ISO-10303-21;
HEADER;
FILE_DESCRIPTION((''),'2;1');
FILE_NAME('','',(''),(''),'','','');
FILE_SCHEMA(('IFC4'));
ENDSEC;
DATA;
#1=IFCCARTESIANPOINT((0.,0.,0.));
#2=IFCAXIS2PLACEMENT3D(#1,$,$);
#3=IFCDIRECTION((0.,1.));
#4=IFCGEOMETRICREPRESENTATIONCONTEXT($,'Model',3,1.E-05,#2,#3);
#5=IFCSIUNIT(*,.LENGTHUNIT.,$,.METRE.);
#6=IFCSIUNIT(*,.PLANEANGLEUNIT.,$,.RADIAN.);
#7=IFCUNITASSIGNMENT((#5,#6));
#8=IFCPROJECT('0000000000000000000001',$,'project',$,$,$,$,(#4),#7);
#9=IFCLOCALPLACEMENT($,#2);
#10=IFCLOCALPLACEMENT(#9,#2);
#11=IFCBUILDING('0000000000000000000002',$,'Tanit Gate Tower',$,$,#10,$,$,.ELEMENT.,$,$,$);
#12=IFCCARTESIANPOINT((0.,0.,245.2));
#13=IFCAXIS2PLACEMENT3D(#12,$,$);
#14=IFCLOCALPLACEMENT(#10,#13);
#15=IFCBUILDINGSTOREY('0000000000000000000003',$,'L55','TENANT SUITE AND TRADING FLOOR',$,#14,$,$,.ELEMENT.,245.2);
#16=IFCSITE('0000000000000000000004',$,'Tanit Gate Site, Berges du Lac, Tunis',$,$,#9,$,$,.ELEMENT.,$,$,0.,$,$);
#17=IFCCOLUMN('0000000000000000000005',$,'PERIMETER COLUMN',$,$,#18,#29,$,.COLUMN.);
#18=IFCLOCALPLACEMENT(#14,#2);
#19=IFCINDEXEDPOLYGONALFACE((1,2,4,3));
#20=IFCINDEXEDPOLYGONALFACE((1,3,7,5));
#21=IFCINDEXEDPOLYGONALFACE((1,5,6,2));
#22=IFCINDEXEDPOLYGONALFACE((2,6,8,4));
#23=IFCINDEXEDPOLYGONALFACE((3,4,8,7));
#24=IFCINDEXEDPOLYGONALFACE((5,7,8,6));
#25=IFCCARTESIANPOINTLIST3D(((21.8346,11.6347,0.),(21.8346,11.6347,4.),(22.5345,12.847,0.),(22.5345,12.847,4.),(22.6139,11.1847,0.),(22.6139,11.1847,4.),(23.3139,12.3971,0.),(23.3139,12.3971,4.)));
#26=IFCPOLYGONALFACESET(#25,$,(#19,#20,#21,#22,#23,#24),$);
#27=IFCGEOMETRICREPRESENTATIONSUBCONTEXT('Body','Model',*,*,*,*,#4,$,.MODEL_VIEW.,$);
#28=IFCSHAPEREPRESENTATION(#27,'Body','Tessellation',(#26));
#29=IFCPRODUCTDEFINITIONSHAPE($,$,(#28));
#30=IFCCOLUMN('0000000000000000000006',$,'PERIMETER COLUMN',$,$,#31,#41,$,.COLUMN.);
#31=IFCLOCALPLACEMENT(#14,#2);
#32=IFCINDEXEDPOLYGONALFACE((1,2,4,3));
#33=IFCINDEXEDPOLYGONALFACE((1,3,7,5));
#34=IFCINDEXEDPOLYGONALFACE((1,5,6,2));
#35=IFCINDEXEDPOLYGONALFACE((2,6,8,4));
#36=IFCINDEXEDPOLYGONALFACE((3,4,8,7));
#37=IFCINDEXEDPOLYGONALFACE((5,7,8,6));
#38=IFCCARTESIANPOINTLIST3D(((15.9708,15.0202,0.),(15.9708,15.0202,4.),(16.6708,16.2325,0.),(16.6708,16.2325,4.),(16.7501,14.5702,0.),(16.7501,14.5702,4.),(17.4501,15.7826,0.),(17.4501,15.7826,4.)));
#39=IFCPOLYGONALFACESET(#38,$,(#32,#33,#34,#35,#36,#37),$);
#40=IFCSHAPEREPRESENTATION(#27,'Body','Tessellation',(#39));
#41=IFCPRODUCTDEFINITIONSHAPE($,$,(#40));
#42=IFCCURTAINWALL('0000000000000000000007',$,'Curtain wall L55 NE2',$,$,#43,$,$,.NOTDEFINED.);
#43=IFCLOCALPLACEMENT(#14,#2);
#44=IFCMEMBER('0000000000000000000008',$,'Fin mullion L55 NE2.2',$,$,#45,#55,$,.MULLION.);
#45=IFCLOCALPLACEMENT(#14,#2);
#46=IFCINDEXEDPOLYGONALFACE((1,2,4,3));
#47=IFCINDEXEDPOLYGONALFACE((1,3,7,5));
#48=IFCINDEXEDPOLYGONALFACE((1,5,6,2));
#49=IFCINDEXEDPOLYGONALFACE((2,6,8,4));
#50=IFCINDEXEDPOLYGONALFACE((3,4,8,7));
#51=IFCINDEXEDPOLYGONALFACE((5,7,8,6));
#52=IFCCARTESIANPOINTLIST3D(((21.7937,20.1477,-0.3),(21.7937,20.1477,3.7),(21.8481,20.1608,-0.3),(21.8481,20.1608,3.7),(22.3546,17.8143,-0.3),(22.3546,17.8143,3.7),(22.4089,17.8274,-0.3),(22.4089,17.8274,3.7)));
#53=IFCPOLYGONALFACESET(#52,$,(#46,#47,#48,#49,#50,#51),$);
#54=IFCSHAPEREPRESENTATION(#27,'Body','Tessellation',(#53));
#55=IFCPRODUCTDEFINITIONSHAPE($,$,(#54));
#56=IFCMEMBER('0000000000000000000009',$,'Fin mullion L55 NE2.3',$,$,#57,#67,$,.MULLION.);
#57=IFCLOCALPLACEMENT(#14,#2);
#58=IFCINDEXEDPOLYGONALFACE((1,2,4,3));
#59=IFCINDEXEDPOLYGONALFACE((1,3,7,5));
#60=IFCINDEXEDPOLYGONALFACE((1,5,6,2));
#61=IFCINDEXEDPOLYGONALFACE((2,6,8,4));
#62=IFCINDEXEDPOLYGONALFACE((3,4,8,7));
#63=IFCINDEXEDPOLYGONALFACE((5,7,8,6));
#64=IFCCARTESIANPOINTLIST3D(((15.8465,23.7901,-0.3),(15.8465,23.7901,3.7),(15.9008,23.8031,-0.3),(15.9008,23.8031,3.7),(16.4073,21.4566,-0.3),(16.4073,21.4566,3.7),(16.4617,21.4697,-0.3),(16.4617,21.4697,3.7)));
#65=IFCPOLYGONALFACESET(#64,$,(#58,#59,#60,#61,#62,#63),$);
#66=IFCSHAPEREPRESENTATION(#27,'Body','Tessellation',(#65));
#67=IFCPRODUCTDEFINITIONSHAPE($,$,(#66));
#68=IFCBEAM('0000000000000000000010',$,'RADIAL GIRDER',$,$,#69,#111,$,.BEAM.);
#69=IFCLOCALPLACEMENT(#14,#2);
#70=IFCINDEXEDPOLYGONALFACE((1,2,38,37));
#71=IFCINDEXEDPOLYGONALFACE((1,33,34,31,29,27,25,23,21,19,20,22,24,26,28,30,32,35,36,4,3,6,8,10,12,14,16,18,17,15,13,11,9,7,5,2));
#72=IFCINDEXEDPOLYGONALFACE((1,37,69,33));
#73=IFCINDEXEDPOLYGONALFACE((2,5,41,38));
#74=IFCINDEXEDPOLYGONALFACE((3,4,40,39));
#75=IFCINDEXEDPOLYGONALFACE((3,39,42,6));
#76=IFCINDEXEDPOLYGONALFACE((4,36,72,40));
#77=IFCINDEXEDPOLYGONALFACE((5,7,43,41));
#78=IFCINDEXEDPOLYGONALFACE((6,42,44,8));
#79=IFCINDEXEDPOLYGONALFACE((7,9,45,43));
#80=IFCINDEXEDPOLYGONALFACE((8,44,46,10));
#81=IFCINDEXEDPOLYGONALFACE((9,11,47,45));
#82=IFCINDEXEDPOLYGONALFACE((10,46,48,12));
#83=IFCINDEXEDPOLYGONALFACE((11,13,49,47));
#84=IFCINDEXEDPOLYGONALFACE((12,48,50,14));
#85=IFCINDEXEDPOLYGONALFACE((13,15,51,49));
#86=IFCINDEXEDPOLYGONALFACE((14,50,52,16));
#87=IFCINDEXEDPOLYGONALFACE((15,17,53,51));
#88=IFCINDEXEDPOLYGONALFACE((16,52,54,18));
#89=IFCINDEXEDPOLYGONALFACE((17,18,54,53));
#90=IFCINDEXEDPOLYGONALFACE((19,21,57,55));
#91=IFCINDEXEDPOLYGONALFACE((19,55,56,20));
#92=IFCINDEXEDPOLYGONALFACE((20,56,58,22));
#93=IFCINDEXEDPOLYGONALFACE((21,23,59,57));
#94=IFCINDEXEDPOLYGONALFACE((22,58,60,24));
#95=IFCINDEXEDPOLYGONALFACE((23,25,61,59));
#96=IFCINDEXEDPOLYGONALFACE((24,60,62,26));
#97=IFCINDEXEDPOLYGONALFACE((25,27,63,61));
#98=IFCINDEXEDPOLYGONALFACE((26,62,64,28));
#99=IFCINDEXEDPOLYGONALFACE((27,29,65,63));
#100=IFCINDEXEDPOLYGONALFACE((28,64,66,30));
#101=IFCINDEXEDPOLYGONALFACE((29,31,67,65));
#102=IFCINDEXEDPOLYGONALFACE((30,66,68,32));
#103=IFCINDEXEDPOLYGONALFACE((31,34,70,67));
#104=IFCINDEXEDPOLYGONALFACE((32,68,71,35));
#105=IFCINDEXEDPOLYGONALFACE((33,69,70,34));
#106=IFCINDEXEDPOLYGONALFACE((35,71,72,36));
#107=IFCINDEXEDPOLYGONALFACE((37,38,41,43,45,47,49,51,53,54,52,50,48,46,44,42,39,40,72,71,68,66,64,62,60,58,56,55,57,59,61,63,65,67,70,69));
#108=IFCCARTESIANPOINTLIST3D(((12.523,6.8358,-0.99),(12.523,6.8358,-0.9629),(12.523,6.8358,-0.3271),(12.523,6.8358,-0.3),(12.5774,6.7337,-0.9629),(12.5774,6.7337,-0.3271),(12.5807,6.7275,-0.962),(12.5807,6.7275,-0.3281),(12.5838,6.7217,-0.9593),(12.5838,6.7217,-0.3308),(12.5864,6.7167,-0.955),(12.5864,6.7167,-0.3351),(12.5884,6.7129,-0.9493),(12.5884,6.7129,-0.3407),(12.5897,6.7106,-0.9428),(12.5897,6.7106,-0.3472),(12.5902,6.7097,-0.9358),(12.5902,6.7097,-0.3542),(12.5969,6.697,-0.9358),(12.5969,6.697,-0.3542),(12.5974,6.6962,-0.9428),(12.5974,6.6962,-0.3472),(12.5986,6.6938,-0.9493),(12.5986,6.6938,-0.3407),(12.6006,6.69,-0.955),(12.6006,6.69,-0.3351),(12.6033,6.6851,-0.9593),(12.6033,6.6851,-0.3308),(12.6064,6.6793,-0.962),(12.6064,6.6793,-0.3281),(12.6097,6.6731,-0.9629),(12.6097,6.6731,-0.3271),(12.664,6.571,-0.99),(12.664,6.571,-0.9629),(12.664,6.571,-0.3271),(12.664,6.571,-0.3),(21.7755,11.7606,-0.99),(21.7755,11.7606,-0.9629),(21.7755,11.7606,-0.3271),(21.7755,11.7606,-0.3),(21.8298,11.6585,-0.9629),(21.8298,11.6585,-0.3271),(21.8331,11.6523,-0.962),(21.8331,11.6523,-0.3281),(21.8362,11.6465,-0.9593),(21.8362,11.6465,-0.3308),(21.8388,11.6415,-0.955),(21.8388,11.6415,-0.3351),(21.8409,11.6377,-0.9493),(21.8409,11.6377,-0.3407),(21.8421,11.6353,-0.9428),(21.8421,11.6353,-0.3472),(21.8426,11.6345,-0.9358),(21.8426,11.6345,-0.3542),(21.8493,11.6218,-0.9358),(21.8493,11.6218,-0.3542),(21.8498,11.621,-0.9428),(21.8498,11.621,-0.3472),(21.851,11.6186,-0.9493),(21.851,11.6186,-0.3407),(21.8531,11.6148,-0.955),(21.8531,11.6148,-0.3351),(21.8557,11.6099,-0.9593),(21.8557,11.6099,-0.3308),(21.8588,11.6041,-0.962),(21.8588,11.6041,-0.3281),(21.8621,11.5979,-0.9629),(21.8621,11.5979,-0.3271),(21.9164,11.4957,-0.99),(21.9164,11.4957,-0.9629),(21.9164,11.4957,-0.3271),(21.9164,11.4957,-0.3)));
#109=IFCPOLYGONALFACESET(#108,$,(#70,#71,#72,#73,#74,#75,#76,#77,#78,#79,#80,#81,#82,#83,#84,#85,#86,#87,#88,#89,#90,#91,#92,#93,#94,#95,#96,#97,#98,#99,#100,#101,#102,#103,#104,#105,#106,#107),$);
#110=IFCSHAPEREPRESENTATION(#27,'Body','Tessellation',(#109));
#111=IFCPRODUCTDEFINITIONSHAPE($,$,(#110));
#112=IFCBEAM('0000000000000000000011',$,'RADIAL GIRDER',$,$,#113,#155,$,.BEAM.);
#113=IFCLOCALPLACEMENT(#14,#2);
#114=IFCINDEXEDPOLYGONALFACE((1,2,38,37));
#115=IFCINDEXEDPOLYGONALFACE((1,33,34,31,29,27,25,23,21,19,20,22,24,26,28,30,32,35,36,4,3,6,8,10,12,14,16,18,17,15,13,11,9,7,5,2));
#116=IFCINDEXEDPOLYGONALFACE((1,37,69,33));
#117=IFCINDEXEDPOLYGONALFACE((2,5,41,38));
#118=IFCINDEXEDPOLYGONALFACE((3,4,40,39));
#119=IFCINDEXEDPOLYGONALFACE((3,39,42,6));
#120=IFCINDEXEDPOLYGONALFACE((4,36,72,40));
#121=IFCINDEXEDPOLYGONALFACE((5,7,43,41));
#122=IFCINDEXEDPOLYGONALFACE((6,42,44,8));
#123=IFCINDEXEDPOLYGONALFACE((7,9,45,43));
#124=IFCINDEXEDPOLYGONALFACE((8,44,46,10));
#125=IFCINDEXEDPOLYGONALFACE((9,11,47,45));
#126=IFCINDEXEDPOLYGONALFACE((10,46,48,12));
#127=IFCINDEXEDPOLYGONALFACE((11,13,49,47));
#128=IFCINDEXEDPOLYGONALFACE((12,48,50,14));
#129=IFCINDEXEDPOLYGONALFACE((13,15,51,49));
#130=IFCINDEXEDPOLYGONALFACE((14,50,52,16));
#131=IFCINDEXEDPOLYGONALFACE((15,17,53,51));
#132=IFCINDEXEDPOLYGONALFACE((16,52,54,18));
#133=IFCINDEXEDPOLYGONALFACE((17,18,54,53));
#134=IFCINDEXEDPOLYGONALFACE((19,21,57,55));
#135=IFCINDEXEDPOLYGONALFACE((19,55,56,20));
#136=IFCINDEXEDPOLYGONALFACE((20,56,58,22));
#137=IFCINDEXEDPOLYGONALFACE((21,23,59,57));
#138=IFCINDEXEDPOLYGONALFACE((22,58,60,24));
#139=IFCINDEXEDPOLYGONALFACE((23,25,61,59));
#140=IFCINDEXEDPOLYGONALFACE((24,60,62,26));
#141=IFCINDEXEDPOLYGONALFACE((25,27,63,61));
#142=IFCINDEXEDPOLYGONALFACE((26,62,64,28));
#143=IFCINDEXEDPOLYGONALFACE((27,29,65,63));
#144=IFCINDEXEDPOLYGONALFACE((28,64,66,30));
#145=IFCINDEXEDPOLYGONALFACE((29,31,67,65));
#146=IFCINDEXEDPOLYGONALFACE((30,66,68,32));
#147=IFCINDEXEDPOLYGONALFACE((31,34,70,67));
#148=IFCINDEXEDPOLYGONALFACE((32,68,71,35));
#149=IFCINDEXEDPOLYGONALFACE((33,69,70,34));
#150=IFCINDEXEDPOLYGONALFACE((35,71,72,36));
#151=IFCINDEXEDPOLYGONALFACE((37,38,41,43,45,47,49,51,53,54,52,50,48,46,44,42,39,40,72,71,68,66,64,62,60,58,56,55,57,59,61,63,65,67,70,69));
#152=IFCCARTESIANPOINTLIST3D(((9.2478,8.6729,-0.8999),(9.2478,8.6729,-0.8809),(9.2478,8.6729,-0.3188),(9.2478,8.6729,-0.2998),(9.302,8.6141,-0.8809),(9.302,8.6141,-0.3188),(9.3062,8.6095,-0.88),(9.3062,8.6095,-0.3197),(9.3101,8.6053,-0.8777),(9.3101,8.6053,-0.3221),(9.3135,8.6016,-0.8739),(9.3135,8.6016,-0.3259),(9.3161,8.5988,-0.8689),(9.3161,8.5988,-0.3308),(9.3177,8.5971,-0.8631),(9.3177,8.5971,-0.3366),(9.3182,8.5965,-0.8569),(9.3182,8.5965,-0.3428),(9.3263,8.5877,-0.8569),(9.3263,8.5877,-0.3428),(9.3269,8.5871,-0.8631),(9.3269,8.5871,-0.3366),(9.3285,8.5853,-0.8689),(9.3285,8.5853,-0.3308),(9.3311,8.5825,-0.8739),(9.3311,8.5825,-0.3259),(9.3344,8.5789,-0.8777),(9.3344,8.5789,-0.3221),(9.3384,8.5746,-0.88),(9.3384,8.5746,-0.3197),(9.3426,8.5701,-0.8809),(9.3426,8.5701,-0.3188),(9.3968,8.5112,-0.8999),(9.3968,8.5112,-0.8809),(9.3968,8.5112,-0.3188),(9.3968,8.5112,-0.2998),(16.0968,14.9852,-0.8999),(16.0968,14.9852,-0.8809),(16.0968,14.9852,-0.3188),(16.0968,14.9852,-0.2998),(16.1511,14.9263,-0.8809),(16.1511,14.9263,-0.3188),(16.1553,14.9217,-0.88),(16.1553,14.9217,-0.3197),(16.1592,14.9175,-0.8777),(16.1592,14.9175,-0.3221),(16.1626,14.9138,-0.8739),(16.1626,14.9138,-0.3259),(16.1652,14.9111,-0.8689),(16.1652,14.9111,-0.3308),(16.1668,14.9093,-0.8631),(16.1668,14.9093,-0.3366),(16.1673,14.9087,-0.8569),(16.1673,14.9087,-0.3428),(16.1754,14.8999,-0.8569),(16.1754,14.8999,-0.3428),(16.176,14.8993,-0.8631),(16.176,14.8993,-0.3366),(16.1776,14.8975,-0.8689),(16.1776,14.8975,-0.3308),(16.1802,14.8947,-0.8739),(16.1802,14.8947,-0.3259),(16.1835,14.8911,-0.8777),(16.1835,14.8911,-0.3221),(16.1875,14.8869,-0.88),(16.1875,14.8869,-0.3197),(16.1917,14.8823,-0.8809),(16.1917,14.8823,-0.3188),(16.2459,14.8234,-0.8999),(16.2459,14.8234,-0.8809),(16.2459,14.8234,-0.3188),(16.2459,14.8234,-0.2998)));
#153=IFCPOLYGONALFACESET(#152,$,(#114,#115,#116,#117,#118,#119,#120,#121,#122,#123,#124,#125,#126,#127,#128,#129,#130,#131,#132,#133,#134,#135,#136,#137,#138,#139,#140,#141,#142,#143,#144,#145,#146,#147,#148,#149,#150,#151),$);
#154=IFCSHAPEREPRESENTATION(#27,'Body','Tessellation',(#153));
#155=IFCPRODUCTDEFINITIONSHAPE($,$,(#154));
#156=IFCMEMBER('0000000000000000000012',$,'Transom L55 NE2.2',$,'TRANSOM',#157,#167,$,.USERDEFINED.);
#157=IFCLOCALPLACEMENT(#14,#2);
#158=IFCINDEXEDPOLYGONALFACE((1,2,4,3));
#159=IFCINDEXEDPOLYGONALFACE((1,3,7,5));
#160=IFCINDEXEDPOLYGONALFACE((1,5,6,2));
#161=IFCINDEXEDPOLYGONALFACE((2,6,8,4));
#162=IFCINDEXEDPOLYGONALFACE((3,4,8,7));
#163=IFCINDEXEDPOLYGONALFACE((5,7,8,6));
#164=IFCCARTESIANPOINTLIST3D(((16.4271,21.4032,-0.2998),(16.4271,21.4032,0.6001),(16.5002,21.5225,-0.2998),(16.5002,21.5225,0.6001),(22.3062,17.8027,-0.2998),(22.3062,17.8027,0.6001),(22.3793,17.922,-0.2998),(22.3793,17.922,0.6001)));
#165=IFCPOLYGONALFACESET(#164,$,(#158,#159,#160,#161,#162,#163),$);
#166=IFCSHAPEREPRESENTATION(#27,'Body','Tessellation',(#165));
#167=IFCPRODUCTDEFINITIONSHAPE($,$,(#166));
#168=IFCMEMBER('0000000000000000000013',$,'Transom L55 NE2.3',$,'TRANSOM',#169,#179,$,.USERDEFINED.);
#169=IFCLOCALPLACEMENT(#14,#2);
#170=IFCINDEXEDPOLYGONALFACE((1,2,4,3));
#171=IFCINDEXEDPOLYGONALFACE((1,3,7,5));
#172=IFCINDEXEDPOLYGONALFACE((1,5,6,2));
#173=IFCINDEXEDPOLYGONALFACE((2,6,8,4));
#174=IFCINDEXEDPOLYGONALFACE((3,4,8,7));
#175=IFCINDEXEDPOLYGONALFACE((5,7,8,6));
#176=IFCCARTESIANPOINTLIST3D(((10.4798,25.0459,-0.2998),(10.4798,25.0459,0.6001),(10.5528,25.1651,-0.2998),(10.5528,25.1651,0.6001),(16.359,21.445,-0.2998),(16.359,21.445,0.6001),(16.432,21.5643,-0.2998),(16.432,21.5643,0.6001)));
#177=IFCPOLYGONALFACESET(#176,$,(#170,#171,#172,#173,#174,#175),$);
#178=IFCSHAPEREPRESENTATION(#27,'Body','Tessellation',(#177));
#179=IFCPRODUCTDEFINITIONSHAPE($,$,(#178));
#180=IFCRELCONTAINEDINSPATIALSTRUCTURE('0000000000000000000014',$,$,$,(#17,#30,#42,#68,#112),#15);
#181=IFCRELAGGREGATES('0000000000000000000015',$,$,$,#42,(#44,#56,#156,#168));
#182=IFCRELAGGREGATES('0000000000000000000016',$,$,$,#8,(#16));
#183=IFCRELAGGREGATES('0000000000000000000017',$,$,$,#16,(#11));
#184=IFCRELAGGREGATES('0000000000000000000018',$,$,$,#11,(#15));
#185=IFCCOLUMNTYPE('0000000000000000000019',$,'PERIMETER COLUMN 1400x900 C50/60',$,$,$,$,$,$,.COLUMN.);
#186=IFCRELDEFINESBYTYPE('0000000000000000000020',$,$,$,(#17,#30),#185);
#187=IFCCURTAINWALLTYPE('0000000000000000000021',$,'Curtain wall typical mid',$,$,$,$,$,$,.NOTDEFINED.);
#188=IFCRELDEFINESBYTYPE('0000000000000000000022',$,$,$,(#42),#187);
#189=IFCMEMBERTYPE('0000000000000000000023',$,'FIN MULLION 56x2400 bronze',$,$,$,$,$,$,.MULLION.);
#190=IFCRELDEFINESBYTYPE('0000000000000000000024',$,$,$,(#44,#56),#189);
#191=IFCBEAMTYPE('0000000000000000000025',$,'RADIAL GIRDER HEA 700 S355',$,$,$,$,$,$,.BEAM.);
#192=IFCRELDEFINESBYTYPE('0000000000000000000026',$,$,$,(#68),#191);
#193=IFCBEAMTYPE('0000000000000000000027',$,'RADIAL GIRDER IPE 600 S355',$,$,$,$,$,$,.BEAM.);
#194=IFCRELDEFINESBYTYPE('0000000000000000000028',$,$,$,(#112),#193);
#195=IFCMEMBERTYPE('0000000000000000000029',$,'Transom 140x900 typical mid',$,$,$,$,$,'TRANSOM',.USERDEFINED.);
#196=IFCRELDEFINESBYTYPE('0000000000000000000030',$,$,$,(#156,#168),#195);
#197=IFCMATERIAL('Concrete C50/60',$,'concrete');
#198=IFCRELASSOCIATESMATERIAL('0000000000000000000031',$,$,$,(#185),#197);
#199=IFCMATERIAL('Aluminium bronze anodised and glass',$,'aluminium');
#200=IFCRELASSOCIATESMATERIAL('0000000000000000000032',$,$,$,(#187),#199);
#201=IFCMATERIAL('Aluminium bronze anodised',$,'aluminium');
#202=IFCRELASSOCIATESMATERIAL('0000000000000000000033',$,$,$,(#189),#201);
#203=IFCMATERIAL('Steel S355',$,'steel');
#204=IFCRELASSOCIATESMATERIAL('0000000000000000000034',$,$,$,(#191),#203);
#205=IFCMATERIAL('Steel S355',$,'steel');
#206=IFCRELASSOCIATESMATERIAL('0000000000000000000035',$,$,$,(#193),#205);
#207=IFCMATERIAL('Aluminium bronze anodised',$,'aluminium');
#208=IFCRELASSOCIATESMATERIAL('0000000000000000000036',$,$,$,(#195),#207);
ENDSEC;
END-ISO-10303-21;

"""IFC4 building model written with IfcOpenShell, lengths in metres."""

from ifc_helpers import new_model, si_unit, direction, frame, origin, origin_2d, place, context, subcontext, project, spatial, rectangle, i_section, extrude, material, material_profile, profile_set, type_object, element, aggregate, save


model = new_model("IFC4")

# Units and contexts
model_context = context("Model", 3, precision=1e-05, world=origin(), true_north=direction((0.0, 1.0)))
body_context = subcontext(model_context, "Body", "Model", "MODEL_VIEW")
ifc_project = project(units=[si_unit("LENGTHUNIT", "METRE"), si_unit("PLANEANGLEUNIT", "RADIAN")], contexts=[model_context])

# Site, building, storey
site_placement = place(None, origin())
site = spatial("IfcSite", under=ifc_project, at=site_placement, Name="Tanit Gate Site, Berges du Lac, Tunis", CompositionType="ELEMENT", RefElevation=0.0)
building_placement = place(site_placement, origin())
building = spatial("IfcBuilding", under=site, at=building_placement, Name="Tanit Gate Tower", CompositionType="ELEMENT")
storey_placement = place(building_placement, frame((0.0, 0.0, 245.2)))
storey = spatial("IfcBuildingStorey", under=building, at=storey_placement, Name="L55", Description="TENANT SUITE AND TRADING FLOOR", CompositionType="ELEMENT", Elevation=245.2)

# Columns
ifc_material_1 = material(Name="Concrete C50/60", Category="concrete")
ifc_material_profile_1 = material_profile(ifc_material_1, rectangle(XDim=1.3999, YDim=0.8999, at=origin_2d()), Name="RC 1400x900")
ifc_profile_set_1 = profile_set([ifc_material_profile_1], Name="Concrete C50/60")
column_type = type_object("IfcColumnType", Name="PERIMETER COLUMN 1400x900 C50/60", PredefinedType="COLUMN", material=ifc_profile_set_1)
for number, where, z_axis, x_axis, name in (
    (1, (22.5742, 12.0159, 0.0), (0.0, 0.0, 1.0), (0.5, 0.866025, 0.0), "PERIMETER COLUMN"),
    (2, (16.7104, 15.4014, 0.0), (0.0, 0.0, 1.0), (0.5, 0.866025, 0.0), "PERIMETER COLUMN"),
):
    element("IfcColumn", number, at=place(storey_placement, frame(where, z_axis=z_axis, x_axis=x_axis)), inside=storey, type_object=column_type, Name=name, PredefinedType="COLUMN", context=body_context, shape_type="SweptSolid", body=[
        extrude(rectangle(XDim=1.3999, YDim=0.8999, at=origin_2d()), origin(), (0.0, 0.0, 1.0), 4.0),
    ])

# Curtain wall, members
ifc_material_2 = material(Name="Aluminium bronze anodised and glass", Category="aluminium")
curtain_wall_type = type_object("IfcCurtainWallType", Name="Curtain wall typical mid", PredefinedType="NOTDEFINED", material=ifc_material_2)
curtain_wall_placement = place(storey_placement, origin())
curtain_wall = element("IfcCurtainWall", 3, at=curtain_wall_placement, inside=storey, type_object=curtain_wall_type, Name="Curtain wall L55 NE2", PredefinedType="NOTDEFINED")
ifc_material_3 = material(Name="Aluminium bronze anodised", Category="aluminium")
ifc_material_profile_2 = material_profile(ifc_material_3, rectangle(XDim=2.3999, YDim=0.0559, at=origin_2d()), Name="56x2400 bronze fin mullion")
ifc_profile_set_2 = profile_set([ifc_material_profile_2], Name="Aluminium bronze anodised")
member_type_1 = type_object("IfcMemberType", Name="FIN MULLION 56x2400 bronze", PredefinedType="MULLION", material=ifc_profile_set_2)
member_1_placement = place(storey_placement, frame((22.1013, 18.9875, -0.3), z_axis=(0.0, 0.0, 1.0), x_axis=(0.233691, -0.972311, 0.0)))
member_1 = element("IfcMember", 4, at=member_1_placement, type_object=member_type_1, Name="Fin mullion L55 NE2.2", PredefinedType="MULLION", context=body_context, shape_type="SweptSolid", body=[
    extrude(rectangle(XDim=2.3999, YDim=0.0559, at=origin_2d()), origin(), (0.0, 0.0, 1.0), 4.0),
])
member_2_placement = place(storey_placement, frame((16.1541, 22.6299, -0.3), z_axis=(0.0, 0.0, 1.0), x_axis=(0.233691, -0.972311, 0.0)))
member_2 = element("IfcMember", 5, at=member_2_placement, type_object=member_type_1, Name="Fin mullion L55 NE2.3", PredefinedType="MULLION", context=body_context, shape_type="SweptSolid", body=[
    extrude(rectangle(XDim=2.3999, YDim=0.0559, at=origin_2d()), origin(), (0.0, 0.0, 1.0), 4.0),
])

# Beams
ifc_material_4 = material(Name="Steel S355", Category="steel")
ifc_material_profile_3 = material_profile(ifc_material_4, i_section(OverallWidth=0.3, OverallDepth=0.6899, WebThickness=0.0144, FlangeThickness=0.0271, FilletRadius=0.0271, at=origin_2d()), Name="HEA 700")
ifc_profile_set_3 = profile_set([ifc_material_profile_3], Name="Steel S355")
beam_type_1 = type_object("IfcBeamType", Name="RADIAL GIRDER HEA 700 S355", PredefinedType="BEAM", material=ifc_profile_set_3)
beam_1_placement = place(storey_placement, frame((21.8459, 11.6282, -0.645), z_axis=(-0.882742, -0.469858, 0.0), x_axis=(0.469858, -0.882742, 0.0)))
element("IfcBeam", 6, at=beam_1_placement, inside=storey, type_object=beam_type_1, Name="RADIAL GIRDER", PredefinedType="BEAM", context=body_context, shape_type="SweptSolid", body=[
    extrude(i_section(OverallWidth=0.3, OverallDepth=0.6899, WebThickness=0.0144, FlangeThickness=0.0271, FilletRadius=0.0271, at=origin_2d()), origin(), (0.0, 0.0, 1.0), 10.4814),
])
ifc_material_5 = material(Name="Steel S355", Category="steel")
ifc_material_profile_4 = material_profile(ifc_material_5, i_section(OverallWidth=0.22, OverallDepth=0.6001, WebThickness=0.012, FlangeThickness=0.019, FilletRadius=0.0239, at=origin_2d()), Name="IPE 600")
ifc_profile_set_4 = profile_set([ifc_material_profile_4], Name="Steel S355")
beam_type_2 = type_object("IfcBeamType", Name="RADIAL GIRDER IPE 600 S355", PredefinedType="BEAM", material=ifc_profile_set_4)
beam_2_placement = place(storey_placement, frame((16.1714, 14.9043, -0.5999), z_axis=(-0.735339, -0.6777, 0.0), x_axis=(0.6777, -0.735339, 0.0)))
element("IfcBeam", 7, at=beam_2_placement, inside=storey, type_object=beam_type_2, Name="RADIAL GIRDER", PredefinedType="BEAM", context=body_context, shape_type="SweptSolid", body=[
    extrude(i_section(OverallWidth=0.22, OverallDepth=0.6001, WebThickness=0.012, FlangeThickness=0.019, FilletRadius=0.0239, at=origin_2d()), origin(), (0.0, 0.0, 1.0), 9.3142),
])

# Members
ifc_material_6 = material(Name="Aluminium bronze anodised", Category="aluminium")
ifc_material_profile_5 = material_profile(ifc_material_6, rectangle(XDim=0.1399, YDim=0.8999, at=origin_2d()), Name="140x900 bronze transom")
ifc_profile_set_5 = profile_set([ifc_material_profile_5], Name="Aluminium bronze anodised")
member_type_2 = type_object("IfcMemberType", Name="Transom 140x900 typical mid", ElementType="TRANSOM", PredefinedType="USERDEFINED", material=ifc_profile_set_5)
member_3_placement = place(storey_placement, frame((22.3428, 17.8623, 0.1501), z_axis=(-0.85278, 0.522271, 0.0), x_axis=(-0.522271, -0.85278, 0.0)))
member_3 = element("IfcMember", 8, at=member_3_placement, type_object=member_type_2, Name="Transom L55 NE2.2", ObjectType="TRANSOM", PredefinedType="USERDEFINED", context=body_context, shape_type="SweptSolid", body=[
    extrude(rectangle(XDim=0.1399, YDim=0.8999, at=origin_2d()), origin(), (0.0, 0.0, 1.0), 6.894),
])
member_4_placement = place(storey_placement, frame((16.3955, 21.5046, 0.1501), z_axis=(-0.852764, 0.522296, 0.0), x_axis=(-0.522296, -0.852764, 0.0)))
member_4 = element("IfcMember", 9, at=member_4_placement, type_object=member_type_2, Name="Transom L55 NE2.3", ObjectType="TRANSOM", PredefinedType="USERDEFINED", context=body_context, shape_type="SweptSolid", body=[
    extrude(rectangle(XDim=0.1399, YDim=0.8999, at=origin_2d()), origin(), (0.0, 0.0, 1.0), 6.8943),
])

aggregate(curtain_wall, [member_1, member_2, member_3, member_4])

save(model, "model.ifc")
